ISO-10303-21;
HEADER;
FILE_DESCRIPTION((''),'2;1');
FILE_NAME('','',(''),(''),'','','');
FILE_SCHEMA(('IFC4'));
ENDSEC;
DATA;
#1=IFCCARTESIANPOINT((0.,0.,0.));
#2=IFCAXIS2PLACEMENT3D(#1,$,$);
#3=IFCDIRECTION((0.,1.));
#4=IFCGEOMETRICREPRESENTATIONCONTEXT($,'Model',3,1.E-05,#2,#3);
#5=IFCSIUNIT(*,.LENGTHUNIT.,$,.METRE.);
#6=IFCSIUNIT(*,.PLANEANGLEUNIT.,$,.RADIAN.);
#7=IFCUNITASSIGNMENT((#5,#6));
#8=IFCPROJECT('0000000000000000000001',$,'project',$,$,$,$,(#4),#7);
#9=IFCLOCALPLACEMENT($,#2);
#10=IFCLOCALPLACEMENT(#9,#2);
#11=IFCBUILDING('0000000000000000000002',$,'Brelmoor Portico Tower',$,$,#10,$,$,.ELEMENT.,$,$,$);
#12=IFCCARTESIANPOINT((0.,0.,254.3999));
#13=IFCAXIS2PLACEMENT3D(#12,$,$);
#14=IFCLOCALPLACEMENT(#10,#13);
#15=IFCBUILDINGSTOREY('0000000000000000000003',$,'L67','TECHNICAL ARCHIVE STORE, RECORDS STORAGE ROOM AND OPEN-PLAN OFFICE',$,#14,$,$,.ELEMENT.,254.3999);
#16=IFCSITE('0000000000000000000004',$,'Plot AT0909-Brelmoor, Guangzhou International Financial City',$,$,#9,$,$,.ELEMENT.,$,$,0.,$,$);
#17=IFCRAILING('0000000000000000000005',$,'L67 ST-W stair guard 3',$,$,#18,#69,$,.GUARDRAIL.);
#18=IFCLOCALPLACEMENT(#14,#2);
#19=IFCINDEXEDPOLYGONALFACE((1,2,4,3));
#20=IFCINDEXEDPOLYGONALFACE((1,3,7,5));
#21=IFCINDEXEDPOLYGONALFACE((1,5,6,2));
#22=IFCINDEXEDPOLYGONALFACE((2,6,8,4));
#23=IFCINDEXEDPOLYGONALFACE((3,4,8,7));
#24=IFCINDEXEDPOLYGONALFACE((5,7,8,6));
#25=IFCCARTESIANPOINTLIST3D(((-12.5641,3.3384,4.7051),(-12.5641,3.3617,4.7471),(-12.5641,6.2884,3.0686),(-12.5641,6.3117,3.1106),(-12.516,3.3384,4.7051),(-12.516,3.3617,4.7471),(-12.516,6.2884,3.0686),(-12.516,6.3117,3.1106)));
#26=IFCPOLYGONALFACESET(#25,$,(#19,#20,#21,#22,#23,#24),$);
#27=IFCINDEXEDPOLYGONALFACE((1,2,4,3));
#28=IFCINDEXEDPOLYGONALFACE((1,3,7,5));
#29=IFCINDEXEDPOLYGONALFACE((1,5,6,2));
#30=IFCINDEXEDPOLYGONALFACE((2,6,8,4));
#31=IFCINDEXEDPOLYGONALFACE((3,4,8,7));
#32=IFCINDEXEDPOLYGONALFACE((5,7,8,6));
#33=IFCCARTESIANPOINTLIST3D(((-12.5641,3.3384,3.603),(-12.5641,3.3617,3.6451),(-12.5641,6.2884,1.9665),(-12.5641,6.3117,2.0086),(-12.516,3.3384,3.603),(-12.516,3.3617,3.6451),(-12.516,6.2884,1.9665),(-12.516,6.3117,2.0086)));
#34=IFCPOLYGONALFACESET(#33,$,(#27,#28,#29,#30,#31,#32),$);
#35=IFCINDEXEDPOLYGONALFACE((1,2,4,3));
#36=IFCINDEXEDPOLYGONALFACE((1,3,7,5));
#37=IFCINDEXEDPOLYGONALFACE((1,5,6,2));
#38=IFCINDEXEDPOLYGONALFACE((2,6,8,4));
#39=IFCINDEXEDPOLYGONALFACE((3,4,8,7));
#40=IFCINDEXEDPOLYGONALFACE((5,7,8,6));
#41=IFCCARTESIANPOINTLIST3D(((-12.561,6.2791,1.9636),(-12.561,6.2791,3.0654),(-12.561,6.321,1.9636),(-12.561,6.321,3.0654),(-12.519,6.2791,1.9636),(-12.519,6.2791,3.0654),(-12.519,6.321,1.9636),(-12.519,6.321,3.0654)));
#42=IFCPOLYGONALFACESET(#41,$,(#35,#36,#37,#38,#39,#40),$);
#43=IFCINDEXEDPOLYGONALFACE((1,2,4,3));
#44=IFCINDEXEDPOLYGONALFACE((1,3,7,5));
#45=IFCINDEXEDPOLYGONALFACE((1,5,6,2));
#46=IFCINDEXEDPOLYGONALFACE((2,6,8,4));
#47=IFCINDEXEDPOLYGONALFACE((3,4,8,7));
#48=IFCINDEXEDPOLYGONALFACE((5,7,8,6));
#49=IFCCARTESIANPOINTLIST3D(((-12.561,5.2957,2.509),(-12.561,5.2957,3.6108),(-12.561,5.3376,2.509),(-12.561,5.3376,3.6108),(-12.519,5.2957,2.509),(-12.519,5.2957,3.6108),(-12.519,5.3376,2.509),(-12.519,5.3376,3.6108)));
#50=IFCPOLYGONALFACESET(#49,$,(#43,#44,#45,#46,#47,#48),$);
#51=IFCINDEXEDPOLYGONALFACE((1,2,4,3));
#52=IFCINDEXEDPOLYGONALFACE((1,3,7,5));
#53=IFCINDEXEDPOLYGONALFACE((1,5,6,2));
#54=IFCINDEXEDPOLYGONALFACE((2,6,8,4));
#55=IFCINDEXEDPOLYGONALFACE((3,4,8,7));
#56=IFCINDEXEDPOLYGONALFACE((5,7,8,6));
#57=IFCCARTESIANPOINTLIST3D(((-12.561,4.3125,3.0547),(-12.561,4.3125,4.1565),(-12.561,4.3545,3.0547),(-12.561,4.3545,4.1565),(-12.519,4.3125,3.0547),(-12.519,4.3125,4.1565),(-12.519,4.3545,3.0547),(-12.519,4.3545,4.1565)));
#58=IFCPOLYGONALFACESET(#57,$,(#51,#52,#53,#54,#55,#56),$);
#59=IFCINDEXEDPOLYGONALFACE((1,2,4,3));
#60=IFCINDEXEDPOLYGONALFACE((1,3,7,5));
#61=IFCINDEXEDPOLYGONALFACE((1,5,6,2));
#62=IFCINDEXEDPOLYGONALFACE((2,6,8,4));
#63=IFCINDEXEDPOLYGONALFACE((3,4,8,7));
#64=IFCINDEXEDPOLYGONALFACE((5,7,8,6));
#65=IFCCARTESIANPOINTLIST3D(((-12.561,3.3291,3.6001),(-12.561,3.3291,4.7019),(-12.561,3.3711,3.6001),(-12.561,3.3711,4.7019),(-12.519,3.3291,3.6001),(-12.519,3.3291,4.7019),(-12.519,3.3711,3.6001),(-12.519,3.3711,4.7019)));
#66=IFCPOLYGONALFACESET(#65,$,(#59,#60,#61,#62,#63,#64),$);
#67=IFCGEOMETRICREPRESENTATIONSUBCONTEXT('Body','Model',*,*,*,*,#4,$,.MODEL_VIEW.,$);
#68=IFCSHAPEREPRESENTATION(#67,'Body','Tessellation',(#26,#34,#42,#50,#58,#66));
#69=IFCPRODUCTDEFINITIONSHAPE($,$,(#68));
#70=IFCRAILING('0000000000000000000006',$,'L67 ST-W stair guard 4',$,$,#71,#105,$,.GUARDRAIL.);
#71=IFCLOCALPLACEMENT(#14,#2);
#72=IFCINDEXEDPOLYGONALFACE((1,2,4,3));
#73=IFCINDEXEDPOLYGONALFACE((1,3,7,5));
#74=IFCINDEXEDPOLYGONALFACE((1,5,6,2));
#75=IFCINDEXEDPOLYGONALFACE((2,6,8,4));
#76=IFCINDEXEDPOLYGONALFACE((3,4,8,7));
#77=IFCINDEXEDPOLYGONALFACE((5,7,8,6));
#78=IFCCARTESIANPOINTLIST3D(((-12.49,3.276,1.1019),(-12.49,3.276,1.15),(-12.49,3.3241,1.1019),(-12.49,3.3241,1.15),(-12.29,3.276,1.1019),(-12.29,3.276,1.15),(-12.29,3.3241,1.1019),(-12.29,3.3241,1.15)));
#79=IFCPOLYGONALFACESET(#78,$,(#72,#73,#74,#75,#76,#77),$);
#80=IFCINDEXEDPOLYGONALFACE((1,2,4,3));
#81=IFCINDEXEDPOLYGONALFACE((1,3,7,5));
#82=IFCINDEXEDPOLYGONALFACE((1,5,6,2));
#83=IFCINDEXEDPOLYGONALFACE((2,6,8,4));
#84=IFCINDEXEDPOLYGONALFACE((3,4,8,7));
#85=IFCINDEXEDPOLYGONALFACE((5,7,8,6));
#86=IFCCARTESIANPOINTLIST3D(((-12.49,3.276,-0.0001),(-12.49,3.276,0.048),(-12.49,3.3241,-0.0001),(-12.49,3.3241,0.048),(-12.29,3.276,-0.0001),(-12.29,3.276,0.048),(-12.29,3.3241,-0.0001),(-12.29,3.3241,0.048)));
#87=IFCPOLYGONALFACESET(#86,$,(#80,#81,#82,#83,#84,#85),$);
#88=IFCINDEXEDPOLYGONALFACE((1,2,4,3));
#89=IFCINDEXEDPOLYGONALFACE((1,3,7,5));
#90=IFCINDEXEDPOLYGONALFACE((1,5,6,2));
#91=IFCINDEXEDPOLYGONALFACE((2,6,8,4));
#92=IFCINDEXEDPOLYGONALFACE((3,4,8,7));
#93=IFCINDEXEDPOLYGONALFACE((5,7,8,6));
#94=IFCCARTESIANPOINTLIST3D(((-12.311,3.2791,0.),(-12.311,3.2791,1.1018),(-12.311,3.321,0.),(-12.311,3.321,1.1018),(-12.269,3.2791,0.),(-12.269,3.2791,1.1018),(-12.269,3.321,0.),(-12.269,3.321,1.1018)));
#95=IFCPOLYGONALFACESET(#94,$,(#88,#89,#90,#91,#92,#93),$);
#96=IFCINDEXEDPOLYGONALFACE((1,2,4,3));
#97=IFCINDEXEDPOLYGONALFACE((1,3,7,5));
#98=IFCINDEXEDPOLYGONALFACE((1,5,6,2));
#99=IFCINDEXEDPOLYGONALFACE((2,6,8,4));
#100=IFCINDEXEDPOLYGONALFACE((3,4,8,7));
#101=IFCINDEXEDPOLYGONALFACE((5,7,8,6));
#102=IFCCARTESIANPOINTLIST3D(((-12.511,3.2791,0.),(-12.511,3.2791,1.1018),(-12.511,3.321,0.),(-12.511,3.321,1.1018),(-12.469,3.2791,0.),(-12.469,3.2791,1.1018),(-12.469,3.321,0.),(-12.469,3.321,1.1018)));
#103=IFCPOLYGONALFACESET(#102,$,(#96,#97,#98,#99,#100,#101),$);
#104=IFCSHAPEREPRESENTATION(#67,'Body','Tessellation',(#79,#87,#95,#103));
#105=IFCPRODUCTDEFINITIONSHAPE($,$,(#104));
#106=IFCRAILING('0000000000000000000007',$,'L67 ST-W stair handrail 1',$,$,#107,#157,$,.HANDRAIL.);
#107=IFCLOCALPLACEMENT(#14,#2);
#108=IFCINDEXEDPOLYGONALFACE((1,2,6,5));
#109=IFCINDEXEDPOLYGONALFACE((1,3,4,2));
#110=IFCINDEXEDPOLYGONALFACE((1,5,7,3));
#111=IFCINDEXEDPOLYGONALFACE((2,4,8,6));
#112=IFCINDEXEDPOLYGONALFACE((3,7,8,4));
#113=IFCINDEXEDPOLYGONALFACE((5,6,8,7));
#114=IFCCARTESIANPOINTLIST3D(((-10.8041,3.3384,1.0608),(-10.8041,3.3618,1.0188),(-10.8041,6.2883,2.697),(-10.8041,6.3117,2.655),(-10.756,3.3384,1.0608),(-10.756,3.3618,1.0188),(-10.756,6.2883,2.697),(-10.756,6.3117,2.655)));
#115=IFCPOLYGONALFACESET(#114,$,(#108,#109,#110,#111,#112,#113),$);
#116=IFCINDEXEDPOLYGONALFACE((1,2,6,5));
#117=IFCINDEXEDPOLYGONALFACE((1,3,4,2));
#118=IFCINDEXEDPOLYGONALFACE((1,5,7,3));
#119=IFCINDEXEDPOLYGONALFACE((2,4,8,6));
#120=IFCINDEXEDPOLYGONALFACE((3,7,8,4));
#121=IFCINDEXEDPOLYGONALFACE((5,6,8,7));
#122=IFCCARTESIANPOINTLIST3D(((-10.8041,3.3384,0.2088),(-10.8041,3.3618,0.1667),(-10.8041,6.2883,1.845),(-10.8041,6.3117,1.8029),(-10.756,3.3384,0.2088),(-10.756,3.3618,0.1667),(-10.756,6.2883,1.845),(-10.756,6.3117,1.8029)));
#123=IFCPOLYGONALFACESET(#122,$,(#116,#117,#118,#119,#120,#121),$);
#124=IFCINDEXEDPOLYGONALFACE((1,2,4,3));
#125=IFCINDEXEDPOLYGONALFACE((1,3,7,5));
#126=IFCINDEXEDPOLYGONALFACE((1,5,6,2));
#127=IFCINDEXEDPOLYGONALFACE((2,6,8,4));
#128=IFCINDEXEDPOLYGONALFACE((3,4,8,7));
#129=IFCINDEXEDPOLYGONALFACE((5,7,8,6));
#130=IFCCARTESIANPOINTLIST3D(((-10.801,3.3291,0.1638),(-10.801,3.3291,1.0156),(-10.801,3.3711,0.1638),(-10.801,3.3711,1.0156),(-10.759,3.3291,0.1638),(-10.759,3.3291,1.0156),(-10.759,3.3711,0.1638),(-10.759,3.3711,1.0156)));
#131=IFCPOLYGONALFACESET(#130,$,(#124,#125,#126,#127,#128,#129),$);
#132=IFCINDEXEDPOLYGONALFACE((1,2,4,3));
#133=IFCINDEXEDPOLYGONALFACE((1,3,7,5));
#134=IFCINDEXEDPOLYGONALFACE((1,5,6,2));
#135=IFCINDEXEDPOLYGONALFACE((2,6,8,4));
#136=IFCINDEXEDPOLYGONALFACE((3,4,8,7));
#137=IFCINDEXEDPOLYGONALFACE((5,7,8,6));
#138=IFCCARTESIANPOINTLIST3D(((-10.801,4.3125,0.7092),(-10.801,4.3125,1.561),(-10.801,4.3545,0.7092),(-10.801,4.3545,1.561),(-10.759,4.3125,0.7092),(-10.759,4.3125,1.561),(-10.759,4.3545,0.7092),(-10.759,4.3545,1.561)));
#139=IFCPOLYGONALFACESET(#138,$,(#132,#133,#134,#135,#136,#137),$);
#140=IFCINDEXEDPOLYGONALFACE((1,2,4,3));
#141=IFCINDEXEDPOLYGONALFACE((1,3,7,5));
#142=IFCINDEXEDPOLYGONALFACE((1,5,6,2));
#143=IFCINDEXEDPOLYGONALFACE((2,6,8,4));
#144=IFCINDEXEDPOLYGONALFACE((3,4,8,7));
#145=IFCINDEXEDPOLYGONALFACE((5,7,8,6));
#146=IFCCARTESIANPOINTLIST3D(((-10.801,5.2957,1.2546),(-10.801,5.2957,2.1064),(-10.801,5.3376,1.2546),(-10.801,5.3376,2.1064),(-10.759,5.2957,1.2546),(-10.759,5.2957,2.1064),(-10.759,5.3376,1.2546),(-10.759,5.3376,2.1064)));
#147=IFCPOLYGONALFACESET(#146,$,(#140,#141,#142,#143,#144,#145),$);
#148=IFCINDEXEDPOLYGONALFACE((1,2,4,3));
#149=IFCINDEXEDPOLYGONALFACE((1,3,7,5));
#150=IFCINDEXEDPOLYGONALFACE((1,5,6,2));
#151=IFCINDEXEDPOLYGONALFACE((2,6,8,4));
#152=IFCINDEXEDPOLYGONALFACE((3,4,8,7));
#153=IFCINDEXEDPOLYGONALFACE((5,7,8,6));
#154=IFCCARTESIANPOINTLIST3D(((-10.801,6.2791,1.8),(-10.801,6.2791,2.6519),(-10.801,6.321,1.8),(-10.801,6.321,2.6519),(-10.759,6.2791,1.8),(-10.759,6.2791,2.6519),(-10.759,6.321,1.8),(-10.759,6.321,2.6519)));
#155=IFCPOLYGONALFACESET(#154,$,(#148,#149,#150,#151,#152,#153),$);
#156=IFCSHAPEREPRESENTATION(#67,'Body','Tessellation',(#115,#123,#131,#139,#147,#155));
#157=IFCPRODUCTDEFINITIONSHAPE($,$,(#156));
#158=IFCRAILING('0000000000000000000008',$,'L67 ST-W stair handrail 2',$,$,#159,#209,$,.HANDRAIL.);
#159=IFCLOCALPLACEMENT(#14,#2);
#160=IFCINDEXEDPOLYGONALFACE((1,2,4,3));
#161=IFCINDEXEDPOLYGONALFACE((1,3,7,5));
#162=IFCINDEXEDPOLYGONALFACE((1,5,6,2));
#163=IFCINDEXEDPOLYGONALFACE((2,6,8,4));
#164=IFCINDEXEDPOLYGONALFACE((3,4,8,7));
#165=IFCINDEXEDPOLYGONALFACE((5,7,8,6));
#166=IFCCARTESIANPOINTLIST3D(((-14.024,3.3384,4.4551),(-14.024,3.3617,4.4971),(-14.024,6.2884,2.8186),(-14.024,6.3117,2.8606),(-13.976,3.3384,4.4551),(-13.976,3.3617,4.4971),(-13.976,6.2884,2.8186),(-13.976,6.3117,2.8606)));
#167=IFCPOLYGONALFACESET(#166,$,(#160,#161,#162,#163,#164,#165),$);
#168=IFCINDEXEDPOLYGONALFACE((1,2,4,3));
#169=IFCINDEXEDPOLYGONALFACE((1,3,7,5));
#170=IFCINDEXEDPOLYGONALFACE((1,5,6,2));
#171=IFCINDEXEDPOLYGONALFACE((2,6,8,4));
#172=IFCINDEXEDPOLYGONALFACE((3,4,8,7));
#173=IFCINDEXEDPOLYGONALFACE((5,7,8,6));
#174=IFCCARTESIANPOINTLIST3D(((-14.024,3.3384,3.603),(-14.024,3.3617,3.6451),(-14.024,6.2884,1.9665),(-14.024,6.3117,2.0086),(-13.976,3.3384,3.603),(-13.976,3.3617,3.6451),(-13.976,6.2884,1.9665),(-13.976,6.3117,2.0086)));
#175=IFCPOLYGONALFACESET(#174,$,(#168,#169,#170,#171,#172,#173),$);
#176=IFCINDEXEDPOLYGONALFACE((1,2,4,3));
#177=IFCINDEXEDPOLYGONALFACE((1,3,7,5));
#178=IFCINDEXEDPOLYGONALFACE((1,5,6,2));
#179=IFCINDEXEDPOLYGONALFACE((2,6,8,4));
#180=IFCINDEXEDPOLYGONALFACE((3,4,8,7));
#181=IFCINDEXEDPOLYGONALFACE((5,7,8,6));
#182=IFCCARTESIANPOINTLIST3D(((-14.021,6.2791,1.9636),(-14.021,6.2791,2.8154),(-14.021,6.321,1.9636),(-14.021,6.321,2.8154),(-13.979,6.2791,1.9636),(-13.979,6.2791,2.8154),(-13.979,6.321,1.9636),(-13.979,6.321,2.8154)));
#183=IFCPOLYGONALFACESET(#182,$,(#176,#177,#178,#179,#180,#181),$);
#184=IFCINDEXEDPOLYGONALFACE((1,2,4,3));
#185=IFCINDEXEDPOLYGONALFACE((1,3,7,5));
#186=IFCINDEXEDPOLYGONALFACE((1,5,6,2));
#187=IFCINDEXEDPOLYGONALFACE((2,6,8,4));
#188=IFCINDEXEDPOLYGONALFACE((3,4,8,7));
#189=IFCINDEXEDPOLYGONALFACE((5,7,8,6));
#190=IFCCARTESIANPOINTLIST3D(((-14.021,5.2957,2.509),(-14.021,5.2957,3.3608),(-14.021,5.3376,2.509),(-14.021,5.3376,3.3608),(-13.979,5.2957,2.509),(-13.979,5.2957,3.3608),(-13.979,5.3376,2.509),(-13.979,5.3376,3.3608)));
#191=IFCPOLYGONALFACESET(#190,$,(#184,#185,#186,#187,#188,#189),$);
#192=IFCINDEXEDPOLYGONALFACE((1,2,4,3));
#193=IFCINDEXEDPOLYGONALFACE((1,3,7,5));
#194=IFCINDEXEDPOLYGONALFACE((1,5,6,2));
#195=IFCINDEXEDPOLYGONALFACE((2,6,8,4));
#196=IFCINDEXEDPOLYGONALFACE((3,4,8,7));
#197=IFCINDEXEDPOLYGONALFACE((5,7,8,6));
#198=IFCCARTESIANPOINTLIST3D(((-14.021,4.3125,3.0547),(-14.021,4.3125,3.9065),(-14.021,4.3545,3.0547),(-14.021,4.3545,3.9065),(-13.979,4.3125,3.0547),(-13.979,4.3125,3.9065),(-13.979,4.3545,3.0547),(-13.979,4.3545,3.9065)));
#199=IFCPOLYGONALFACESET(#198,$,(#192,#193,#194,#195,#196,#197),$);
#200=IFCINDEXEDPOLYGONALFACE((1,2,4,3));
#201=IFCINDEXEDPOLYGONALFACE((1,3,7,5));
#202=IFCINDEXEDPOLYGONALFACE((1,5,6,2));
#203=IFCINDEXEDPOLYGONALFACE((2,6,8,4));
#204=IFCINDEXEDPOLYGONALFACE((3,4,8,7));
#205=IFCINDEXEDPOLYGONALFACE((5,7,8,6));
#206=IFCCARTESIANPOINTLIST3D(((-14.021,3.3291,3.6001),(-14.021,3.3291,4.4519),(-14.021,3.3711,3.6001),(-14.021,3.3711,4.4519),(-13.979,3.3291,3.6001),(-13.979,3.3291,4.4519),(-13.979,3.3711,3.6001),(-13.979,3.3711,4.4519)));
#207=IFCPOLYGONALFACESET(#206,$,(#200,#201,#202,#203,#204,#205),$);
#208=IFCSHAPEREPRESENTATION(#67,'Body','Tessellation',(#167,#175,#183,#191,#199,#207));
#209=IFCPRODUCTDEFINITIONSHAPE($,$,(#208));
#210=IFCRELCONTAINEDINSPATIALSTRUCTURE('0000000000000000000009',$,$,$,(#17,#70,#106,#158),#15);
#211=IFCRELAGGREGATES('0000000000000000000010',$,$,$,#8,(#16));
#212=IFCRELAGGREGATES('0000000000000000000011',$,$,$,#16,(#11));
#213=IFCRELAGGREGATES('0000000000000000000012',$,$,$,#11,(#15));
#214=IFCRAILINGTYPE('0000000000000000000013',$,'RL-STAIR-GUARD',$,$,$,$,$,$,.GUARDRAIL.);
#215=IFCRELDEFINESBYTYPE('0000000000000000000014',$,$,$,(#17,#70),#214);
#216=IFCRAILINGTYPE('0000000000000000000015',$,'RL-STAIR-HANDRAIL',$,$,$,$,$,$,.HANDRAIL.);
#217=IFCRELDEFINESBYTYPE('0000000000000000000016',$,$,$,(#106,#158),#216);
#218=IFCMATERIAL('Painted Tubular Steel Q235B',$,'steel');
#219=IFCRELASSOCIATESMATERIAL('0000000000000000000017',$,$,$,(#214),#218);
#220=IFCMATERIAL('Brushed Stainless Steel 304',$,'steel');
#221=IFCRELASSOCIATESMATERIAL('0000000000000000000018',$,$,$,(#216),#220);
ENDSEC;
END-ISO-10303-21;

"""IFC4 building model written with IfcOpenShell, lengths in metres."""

from ifc_helpers import new_model, si_unit, direction, frame, origin, origin_2d, place, context, subcontext, project, spatial, rectangle, extrude, material, type_object, element, save


model = new_model("IFC4")

# Units and contexts
model_context = context("Model", 3, precision=1e-05, world=origin(), true_north=direction((0.0, 1.0)))
body_context = subcontext(model_context, "Body", "Model", "MODEL_VIEW")
ifc_project = project(units=[si_unit("LENGTHUNIT", "METRE"), si_unit("PLANEANGLEUNIT", "RADIAN")], contexts=[model_context])

# Site, building, storey
site_placement = place(None, origin())
site = spatial("IfcSite", under=ifc_project, at=site_placement, Name="Plot AT0909-Brelmoor, Guangzhou International Financial City", CompositionType="ELEMENT", RefElevation=0.0)
building_placement = place(site_placement, origin())
building = spatial("IfcBuilding", under=site, at=building_placement, Name="Brelmoor Portico Tower", CompositionType="ELEMENT")
storey_placement = place(building_placement, frame((0.0, 0.0, 254.3999)))
storey = spatial("IfcBuildingStorey", under=building, at=storey_placement, Name="L67", Description="TECHNICAL ARCHIVE STORE, RECORDS STORAGE ROOM AND OPEN-PLAN OFFICE", CompositionType="ELEMENT", Elevation=254.3999)

# Railings
ifc_material_1 = material(Name="Painted Tubular Steel Q235B", Category="steel")
railing_type_1 = type_object("IfcRailingType", Name="RL-STAIR-GUARD", PredefinedType="GUARDRAIL", material=ifc_material_1)
railing_1_placement = place(storey_placement, frame((-12.54, 6.3, 1.9636)))
element("IfcRailing", 1, at=railing_1_placement, inside=storey, type_object=railing_type_1, Name="L67 ST-W stair guard 3", PredefinedType="GUARDRAIL", context=body_context, shape_type="SweptSolid", body=[
    extrude(rectangle(XDim=0.0481, YDim=0.0481, at=origin_2d()), frame((0.0, 0.0, 1.126), z_axis=(0.0, -0.874458, 0.485102), x_axis=(1.0, 0.0, 0.0)), (0.0, 0.0, 1.0), 3.3735),
    extrude(rectangle(XDim=0.0481, YDim=0.0481, at=origin_2d()), frame((0.0, 0.0, 0.0239), z_axis=(0.0, -0.874458, 0.485102), x_axis=(1.0, 0.0, 0.0)), (0.0, 0.0, 1.0), 3.3735),
    extrude(rectangle(XDim=0.042, YDim=0.042, at=origin_2d()), origin(), (0.0, 0.0, 1.0), 1.1018),
    extrude(rectangle(XDim=0.042, YDim=0.042, at=origin_2d()), frame((0.0, -0.9834, 0.5454)), (0.0, 0.0, 1.0), 1.1018),
    extrude(rectangle(XDim=0.042, YDim=0.042, at=origin_2d()), frame((0.0, -1.9666, 1.0911)), (0.0, 0.0, 1.0), 1.1018),
    extrude(rectangle(XDim=0.042, YDim=0.042, at=origin_2d()), frame((0.0, -2.95, 1.6365)), (0.0, 0.0, 1.0), 1.1018),
])
railing_2_placement = place(storey_placement, frame((-12.29, 3.3, 0.0)))
element("IfcRailing", 2, at=railing_2_placement, inside=storey, type_object=railing_type_1, Name="L67 ST-W stair guard 4", PredefinedType="GUARDRAIL", context=body_context, shape_type="SweptSolid", body=[
    extrude(rectangle(XDim=0.0481, YDim=0.0481, at=origin_2d()), frame((0.0, 0.0, 1.126), z_axis=(-1.0, 0.0, 0.0), x_axis=(0.0, -1.0, 0.0)), (0.0, 0.0, 1.0), 0.2),
    extrude(rectangle(XDim=0.0481, YDim=0.0481, at=origin_2d()), frame((0.0, 0.0, 0.0239), z_axis=(-1.0, 0.0, 0.0), x_axis=(0.0, -1.0, 0.0)), (0.0, 0.0, 1.0), 0.2),
    extrude(rectangle(XDim=0.042, YDim=0.042, at=origin_2d()), origin(), (0.0, 0.0, 1.0), 1.1018),
    extrude(rectangle(XDim=0.042, YDim=0.042, at=origin_2d()), frame((-0.2, 0.0, 0.0)), (0.0, 0.0, 1.0), 1.1018),
])
ifc_material_2 = material(Name="Brushed Stainless Steel 304", Category="steel")
railing_type_2 = type_object("IfcRailingType", Name="RL-STAIR-HANDRAIL", PredefinedType="HANDRAIL", material=ifc_material_2)
railing_3_placement = place(storey_placement, frame((-10.78, 3.3501, 0.1638)))
element("IfcRailing", 3, at=railing_3_placement, inside=storey, type_object=railing_type_2, Name="L67 ST-W stair handrail 1", PredefinedType="HANDRAIL", context=body_context, shape_type="SweptSolid", body=[
    extrude(rectangle(XDim=0.0481, YDim=0.0481, at=origin_2d()), frame((0.0, 0.0, 0.876), z_axis=(0.0, 0.874488, 0.485047), x_axis=(-1.0, 0.0, 0.0)), (0.0, 0.0, 1.0), 3.3733),
    extrude(rectangle(XDim=0.0481, YDim=0.0481, at=origin_2d()), frame((0.0, 0.0, 0.0239), z_axis=(0.0, 0.874488, 0.485047), x_axis=(-1.0, 0.0, 0.0)), (0.0, 0.0, 1.0), 3.3733),
    extrude(rectangle(XDim=0.042, YDim=0.042, at=origin_2d()), origin(), (0.0, 0.0, 1.0), 0.8518),
    extrude(rectangle(XDim=0.042, YDim=0.042, at=origin_2d()), frame((0.0, 0.9834, 0.5454)), (0.0, 0.0, 1.0), 0.8518),
    extrude(rectangle(XDim=0.042, YDim=0.042, at=origin_2d()), frame((0.0, 1.9666, 1.0908)), (0.0, 0.0, 1.0), 0.8518),
    extrude(rectangle(XDim=0.042, YDim=0.042, at=origin_2d()), frame((0.0, 2.95, 1.6362)), (0.0, 0.0, 1.0), 0.8518),
])
railing_4_placement = place(storey_placement, frame((-14.0, 6.3, 1.9636)))
element("IfcRailing", 4, at=railing_4_placement, inside=storey, type_object=railing_type_2, Name="L67 ST-W stair handrail 2", PredefinedType="HANDRAIL", context=body_context, shape_type="SweptSolid", body=[
    extrude(rectangle(XDim=0.0481, YDim=0.0481, at=origin_2d()), frame((0.0, 0.0, 0.876), z_axis=(0.0, -0.874458, 0.485102), x_axis=(1.0, 0.0, 0.0)), (0.0, 0.0, 1.0), 3.3735),
    extrude(rectangle(XDim=0.0481, YDim=0.0481, at=origin_2d()), frame((0.0, 0.0, 0.0239), z_axis=(0.0, -0.874458, 0.485102), x_axis=(1.0, 0.0, 0.0)), (0.0, 0.0, 1.0), 3.3735),
    extrude(rectangle(XDim=0.042, YDim=0.042, at=origin_2d()), origin(), (0.0, 0.0, 1.0), 0.8518),
    extrude(rectangle(XDim=0.042, YDim=0.042, at=origin_2d()), frame((0.0, -0.9834, 0.5454)), (0.0, 0.0, 1.0), 0.8518),
    extrude(rectangle(XDim=0.042, YDim=0.042, at=origin_2d()), frame((0.0, -1.9666, 1.0911)), (0.0, 0.0, 1.0), 0.8518),
    extrude(rectangle(XDim=0.042, YDim=0.042, at=origin_2d()), frame((0.0, -2.95, 1.6365)), (0.0, 0.0, 1.0), 0.8518),
])

save(model, "model.ifc")
